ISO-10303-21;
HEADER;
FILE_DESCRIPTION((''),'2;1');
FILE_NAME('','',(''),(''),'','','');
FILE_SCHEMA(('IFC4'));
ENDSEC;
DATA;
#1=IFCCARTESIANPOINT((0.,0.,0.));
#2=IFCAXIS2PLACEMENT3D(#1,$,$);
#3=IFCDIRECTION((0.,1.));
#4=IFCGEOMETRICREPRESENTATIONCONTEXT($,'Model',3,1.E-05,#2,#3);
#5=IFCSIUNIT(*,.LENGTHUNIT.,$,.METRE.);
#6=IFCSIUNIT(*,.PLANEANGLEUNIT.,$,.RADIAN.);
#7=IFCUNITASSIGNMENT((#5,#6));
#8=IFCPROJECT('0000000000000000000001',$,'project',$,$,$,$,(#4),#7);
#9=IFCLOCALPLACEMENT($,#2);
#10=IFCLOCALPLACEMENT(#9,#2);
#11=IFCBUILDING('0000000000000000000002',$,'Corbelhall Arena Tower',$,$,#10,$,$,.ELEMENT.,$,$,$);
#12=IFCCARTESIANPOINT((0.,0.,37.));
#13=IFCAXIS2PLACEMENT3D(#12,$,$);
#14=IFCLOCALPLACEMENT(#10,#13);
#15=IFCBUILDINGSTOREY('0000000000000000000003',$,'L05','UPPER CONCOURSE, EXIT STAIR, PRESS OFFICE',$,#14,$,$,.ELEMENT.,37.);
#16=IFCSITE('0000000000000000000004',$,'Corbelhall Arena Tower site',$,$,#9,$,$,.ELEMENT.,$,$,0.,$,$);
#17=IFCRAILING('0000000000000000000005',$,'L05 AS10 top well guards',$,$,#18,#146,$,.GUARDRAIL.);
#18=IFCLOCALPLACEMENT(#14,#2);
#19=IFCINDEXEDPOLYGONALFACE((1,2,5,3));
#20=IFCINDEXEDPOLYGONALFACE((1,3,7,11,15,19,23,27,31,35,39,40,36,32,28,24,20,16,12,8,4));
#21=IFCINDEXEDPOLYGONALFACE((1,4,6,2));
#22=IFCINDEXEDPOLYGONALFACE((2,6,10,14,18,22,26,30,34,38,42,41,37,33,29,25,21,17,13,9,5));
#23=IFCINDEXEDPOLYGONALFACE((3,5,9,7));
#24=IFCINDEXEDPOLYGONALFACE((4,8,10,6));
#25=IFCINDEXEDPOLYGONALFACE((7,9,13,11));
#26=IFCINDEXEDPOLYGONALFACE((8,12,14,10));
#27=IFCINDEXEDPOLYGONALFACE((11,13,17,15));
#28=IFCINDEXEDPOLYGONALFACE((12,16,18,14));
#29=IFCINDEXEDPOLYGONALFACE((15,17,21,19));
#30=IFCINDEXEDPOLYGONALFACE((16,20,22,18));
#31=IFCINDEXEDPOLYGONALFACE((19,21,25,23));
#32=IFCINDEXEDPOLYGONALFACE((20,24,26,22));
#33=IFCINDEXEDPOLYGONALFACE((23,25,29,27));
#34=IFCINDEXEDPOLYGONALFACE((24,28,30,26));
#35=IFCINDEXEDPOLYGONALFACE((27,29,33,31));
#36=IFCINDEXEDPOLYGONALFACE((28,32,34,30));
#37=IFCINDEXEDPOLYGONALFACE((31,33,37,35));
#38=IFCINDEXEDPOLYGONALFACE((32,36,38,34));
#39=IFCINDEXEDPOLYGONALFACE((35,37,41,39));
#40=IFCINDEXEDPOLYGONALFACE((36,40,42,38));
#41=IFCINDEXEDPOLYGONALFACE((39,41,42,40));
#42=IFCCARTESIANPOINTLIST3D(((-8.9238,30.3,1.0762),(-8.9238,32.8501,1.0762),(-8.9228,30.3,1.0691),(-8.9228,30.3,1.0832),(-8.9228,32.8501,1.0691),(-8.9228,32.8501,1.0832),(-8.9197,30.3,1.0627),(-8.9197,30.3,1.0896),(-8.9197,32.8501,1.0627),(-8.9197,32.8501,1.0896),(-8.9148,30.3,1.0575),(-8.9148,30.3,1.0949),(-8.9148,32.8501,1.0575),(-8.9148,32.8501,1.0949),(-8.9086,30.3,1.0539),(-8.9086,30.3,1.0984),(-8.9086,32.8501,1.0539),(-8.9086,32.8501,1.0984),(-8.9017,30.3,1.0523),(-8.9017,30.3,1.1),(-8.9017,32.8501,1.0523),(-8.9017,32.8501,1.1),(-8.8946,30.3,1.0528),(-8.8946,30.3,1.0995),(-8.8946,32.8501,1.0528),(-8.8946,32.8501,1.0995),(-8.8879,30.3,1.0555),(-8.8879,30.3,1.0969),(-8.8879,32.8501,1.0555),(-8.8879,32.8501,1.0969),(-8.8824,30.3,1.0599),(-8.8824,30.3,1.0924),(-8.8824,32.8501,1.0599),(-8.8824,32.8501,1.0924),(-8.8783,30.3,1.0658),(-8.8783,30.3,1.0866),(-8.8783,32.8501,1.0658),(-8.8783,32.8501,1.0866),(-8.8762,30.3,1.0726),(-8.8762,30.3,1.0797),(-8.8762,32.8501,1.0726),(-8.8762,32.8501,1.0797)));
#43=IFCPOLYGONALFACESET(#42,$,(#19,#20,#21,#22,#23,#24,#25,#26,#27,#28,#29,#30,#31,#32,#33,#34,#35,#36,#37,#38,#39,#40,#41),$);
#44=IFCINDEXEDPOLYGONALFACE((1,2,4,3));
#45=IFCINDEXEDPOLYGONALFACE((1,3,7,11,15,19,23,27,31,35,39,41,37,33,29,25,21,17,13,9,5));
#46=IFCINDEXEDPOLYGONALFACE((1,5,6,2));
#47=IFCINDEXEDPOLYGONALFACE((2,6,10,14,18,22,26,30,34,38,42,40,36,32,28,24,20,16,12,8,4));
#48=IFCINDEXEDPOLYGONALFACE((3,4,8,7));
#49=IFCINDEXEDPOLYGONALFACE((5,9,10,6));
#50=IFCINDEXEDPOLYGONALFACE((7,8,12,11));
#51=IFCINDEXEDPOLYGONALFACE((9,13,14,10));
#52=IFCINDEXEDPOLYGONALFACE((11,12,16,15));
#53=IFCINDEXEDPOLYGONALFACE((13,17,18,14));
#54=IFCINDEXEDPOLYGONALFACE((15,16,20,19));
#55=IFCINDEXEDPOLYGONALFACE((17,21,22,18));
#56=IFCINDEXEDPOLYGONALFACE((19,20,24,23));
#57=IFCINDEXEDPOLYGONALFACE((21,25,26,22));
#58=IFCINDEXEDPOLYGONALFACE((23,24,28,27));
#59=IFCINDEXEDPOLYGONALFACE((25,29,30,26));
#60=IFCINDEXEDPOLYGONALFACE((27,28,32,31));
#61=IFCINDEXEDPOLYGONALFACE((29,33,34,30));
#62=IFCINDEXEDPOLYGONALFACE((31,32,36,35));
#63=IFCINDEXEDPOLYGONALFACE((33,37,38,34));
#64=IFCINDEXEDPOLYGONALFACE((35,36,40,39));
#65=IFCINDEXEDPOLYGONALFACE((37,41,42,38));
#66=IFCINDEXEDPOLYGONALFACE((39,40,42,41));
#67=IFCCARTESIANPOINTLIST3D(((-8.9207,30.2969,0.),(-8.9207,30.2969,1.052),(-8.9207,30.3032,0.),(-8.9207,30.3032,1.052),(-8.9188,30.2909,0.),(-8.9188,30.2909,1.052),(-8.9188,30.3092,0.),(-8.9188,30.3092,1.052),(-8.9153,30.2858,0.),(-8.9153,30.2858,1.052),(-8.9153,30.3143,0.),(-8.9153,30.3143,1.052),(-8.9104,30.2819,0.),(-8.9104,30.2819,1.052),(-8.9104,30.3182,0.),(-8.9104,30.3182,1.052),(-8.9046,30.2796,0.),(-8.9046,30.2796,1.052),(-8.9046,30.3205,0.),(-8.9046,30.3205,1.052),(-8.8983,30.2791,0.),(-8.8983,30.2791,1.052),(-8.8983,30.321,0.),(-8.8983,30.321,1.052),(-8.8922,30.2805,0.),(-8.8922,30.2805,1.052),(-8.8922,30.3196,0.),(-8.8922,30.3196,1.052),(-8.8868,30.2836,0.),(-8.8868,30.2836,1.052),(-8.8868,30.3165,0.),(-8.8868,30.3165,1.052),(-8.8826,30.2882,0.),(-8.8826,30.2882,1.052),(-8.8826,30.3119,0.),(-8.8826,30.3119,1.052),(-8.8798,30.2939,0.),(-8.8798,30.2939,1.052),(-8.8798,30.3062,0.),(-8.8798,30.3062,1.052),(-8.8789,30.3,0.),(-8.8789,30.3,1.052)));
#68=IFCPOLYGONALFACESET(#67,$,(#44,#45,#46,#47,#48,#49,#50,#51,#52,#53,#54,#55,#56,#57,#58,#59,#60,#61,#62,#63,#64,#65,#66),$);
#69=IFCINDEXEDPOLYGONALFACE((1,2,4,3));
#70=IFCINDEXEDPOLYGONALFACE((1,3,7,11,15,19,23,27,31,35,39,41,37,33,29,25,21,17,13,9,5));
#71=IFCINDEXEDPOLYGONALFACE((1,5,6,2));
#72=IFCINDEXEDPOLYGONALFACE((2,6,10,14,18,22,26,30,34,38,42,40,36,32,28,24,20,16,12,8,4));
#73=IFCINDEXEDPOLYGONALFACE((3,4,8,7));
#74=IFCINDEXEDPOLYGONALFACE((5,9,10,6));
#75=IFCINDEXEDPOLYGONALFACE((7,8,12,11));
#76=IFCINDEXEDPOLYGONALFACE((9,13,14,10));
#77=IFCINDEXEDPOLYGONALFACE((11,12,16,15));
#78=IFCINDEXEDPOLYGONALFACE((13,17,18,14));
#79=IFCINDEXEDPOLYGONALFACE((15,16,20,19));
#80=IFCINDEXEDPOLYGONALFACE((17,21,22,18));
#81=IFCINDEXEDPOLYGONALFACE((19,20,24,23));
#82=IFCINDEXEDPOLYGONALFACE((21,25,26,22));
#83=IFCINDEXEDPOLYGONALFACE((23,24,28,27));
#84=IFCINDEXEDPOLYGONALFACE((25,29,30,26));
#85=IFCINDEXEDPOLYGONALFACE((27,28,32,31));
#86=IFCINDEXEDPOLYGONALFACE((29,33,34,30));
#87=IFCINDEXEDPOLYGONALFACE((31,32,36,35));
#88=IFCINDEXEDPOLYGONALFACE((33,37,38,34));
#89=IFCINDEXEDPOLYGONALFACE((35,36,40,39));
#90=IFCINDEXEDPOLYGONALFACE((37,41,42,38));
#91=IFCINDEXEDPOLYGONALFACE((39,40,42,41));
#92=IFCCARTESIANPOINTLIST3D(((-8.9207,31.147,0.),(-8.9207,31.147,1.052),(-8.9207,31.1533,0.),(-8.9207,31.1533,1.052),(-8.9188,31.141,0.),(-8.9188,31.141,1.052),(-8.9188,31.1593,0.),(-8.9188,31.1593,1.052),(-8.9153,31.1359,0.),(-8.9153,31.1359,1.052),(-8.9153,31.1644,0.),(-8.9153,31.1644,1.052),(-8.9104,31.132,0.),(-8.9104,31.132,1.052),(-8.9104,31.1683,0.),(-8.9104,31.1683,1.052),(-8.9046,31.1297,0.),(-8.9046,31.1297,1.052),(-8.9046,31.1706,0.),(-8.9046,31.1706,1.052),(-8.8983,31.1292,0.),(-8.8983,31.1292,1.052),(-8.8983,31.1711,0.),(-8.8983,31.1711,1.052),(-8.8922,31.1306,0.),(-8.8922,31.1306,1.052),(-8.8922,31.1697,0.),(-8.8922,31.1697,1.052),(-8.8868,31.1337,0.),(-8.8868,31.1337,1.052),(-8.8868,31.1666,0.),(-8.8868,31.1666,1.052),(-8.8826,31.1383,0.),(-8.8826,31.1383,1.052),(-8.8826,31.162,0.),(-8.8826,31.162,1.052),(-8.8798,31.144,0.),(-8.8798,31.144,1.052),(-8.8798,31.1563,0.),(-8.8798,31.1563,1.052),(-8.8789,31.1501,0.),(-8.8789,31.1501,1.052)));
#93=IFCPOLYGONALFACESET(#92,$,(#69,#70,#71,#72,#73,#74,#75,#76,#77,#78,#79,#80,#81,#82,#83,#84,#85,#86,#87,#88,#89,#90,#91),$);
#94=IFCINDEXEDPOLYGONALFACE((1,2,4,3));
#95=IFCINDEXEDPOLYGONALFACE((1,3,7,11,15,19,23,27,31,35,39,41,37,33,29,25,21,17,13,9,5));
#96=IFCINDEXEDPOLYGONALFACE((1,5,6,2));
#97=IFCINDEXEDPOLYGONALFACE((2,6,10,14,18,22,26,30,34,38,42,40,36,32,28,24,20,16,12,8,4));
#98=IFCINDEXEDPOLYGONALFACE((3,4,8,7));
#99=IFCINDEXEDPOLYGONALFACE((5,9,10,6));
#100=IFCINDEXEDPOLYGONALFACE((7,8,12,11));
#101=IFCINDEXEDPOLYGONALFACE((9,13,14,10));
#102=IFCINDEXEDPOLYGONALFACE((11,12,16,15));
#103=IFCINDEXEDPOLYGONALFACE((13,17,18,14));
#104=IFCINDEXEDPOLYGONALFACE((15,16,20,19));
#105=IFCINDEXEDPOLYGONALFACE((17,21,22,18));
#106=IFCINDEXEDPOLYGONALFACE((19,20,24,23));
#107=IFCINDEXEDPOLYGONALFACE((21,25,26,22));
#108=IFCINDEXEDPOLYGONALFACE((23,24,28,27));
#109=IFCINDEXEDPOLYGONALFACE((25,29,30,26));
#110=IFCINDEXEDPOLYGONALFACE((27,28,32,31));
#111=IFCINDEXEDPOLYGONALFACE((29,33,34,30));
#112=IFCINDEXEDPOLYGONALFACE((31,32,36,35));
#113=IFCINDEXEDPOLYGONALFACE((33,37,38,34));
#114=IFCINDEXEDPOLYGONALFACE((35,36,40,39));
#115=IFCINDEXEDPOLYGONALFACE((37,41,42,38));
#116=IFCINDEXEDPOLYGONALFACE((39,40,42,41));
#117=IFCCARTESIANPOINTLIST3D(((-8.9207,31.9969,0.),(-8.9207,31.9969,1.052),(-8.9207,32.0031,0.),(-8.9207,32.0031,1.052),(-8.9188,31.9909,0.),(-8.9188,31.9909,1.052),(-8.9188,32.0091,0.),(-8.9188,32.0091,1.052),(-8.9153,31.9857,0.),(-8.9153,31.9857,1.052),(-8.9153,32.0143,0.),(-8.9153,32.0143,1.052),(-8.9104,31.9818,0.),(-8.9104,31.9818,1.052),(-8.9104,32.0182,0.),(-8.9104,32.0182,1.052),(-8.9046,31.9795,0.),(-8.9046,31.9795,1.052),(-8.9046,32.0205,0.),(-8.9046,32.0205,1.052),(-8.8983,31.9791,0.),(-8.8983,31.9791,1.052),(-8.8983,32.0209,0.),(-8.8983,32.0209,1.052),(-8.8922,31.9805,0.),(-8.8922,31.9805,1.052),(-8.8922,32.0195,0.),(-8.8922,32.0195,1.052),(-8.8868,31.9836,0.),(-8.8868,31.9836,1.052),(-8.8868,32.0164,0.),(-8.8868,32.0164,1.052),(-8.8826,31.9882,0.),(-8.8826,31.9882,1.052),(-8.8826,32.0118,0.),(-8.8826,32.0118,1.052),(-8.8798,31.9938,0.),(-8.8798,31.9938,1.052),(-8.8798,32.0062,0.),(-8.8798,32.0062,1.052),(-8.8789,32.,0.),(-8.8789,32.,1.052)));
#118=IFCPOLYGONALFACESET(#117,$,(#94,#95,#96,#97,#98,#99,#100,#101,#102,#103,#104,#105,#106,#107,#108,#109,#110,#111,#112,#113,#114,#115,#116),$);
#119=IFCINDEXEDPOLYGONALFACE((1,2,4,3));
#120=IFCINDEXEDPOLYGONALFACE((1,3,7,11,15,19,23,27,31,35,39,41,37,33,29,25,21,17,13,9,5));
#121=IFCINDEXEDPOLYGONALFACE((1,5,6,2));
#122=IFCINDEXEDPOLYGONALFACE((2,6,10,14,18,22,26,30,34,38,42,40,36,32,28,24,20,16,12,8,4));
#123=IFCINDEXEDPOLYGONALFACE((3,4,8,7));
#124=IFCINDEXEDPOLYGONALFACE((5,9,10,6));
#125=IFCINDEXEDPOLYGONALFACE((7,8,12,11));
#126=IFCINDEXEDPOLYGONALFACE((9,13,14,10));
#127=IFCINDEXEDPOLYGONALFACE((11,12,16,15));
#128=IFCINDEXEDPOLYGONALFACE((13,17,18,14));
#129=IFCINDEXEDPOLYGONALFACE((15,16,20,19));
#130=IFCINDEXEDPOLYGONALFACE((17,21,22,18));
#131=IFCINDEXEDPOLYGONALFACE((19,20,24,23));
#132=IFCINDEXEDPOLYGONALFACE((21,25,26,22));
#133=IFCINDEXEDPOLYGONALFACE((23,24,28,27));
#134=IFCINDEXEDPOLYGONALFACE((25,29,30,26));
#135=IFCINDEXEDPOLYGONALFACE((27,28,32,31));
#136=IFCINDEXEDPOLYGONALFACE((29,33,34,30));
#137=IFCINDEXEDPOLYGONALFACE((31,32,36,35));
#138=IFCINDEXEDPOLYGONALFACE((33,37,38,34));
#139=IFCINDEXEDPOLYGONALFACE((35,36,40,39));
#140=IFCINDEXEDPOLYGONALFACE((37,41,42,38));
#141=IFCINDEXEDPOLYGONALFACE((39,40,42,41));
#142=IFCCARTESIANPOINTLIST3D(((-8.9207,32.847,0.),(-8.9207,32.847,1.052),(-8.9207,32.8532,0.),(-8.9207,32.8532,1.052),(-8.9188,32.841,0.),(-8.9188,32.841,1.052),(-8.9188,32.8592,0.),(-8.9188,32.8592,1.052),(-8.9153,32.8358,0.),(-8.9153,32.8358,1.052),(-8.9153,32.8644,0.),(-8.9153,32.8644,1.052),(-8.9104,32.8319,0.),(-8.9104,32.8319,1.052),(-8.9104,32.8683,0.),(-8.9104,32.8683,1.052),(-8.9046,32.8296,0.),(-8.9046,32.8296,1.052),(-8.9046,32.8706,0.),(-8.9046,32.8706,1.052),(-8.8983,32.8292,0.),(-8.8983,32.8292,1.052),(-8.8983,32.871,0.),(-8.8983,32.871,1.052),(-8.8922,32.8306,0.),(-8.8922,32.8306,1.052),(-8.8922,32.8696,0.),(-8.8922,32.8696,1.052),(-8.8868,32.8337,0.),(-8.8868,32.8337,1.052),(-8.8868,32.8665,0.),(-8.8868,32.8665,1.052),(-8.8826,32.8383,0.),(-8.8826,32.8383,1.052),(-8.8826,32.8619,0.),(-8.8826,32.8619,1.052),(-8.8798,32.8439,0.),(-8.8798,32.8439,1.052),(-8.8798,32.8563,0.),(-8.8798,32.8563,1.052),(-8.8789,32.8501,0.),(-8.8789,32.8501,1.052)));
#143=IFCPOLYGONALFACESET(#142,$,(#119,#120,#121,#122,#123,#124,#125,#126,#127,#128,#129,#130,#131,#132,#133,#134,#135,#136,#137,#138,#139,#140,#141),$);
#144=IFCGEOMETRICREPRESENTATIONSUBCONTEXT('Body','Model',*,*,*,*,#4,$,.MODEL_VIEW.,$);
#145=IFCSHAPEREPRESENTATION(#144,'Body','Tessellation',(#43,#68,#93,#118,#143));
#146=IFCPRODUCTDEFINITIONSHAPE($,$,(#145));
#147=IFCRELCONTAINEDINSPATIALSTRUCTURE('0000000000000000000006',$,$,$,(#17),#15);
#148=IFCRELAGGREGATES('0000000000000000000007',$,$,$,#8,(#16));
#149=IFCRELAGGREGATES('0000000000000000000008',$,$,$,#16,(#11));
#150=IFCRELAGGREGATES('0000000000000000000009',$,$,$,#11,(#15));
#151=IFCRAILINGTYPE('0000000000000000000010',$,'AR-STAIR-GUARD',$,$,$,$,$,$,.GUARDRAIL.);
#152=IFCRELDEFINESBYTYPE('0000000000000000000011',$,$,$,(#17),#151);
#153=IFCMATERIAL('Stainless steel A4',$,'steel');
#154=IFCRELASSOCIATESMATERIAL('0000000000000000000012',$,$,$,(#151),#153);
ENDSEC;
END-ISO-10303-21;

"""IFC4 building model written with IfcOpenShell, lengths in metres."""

from ifc_helpers import new_model, si_unit, direction, frame, origin, origin_2d, place, context, subcontext, project, spatial, circle, extrude, material, type_object, element, save


model = new_model("IFC4")

# Units and contexts
model_context = context("Model", 3, precision=1e-05, world=origin(), true_north=direction((0.0, 1.0)))
body_context = subcontext(model_context, "Body", "Model", "MODEL_VIEW")
ifc_project = project(units=[si_unit("LENGTHUNIT", "METRE"), si_unit("PLANEANGLEUNIT", "RADIAN")], contexts=[model_context])

# Site, building, storey
site_placement = place(None, origin())
site = spatial("IfcSite", under=ifc_project, at=site_placement, Name="Corbelhall Arena Tower site", CompositionType="ELEMENT", RefElevation=0.0)
building_placement = place(site_placement, origin())
building = spatial("IfcBuilding", under=site, at=building_placement, Name="Corbelhall Arena Tower", CompositionType="ELEMENT")
storey_placement = place(building_placement, frame((0.0, 0.0, 37.0)))
storey = spatial("IfcBuildingStorey", under=building, at=storey_placement, Name="L05", Description="UPPER CONCOURSE, EXIT STAIR, PRESS OFFICE", CompositionType="ELEMENT", Elevation=37.0)

# Railing
ifc_material_1 = material(Name="Stainless steel A4", Category="steel")
railing_type = type_object("IfcRailingType", Name="AR-STAIR-GUARD", PredefinedType="GUARDRAIL", material=ifc_material_1)
railing_placement = place(storey_placement, frame((-8.8999, 30.3, 0.0)))
element("IfcRailing", 1, at=railing_placement, inside=storey, type_object=railing_type, Name="L05 AS10 top well guards", PredefinedType="GUARDRAIL", context=body_context, shape_type="SweptSolid", body=[
    extrude(circle(Radius=0.0239, at=origin_2d()), frame((0.0, 0.0, 1.0762), z_axis=(0.0, 1.0, 0.0), x_axis=(-1.0, 0.0, 0.0)), (0.0, 0.0, 1.0), 2.55),
    extrude(circle(Radius=0.021, at=origin_2d()), origin(), (0.0, 0.0, 1.0), 1.052),
    extrude(circle(Radius=0.021, at=origin_2d()), frame((0.0, 0.8501, 0.0)), (0.0, 0.0, 1.0), 1.052),
    extrude(circle(Radius=0.021, at=origin_2d()), frame((0.0, 1.7, 0.0)), (0.0, 0.0, 1.0), 1.052),
    extrude(circle(Radius=0.021, at=origin_2d()), frame((0.0, 2.55, 0.0)), (0.0, 0.0, 1.0), 1.052),
])

save(model, "model.ifc")
